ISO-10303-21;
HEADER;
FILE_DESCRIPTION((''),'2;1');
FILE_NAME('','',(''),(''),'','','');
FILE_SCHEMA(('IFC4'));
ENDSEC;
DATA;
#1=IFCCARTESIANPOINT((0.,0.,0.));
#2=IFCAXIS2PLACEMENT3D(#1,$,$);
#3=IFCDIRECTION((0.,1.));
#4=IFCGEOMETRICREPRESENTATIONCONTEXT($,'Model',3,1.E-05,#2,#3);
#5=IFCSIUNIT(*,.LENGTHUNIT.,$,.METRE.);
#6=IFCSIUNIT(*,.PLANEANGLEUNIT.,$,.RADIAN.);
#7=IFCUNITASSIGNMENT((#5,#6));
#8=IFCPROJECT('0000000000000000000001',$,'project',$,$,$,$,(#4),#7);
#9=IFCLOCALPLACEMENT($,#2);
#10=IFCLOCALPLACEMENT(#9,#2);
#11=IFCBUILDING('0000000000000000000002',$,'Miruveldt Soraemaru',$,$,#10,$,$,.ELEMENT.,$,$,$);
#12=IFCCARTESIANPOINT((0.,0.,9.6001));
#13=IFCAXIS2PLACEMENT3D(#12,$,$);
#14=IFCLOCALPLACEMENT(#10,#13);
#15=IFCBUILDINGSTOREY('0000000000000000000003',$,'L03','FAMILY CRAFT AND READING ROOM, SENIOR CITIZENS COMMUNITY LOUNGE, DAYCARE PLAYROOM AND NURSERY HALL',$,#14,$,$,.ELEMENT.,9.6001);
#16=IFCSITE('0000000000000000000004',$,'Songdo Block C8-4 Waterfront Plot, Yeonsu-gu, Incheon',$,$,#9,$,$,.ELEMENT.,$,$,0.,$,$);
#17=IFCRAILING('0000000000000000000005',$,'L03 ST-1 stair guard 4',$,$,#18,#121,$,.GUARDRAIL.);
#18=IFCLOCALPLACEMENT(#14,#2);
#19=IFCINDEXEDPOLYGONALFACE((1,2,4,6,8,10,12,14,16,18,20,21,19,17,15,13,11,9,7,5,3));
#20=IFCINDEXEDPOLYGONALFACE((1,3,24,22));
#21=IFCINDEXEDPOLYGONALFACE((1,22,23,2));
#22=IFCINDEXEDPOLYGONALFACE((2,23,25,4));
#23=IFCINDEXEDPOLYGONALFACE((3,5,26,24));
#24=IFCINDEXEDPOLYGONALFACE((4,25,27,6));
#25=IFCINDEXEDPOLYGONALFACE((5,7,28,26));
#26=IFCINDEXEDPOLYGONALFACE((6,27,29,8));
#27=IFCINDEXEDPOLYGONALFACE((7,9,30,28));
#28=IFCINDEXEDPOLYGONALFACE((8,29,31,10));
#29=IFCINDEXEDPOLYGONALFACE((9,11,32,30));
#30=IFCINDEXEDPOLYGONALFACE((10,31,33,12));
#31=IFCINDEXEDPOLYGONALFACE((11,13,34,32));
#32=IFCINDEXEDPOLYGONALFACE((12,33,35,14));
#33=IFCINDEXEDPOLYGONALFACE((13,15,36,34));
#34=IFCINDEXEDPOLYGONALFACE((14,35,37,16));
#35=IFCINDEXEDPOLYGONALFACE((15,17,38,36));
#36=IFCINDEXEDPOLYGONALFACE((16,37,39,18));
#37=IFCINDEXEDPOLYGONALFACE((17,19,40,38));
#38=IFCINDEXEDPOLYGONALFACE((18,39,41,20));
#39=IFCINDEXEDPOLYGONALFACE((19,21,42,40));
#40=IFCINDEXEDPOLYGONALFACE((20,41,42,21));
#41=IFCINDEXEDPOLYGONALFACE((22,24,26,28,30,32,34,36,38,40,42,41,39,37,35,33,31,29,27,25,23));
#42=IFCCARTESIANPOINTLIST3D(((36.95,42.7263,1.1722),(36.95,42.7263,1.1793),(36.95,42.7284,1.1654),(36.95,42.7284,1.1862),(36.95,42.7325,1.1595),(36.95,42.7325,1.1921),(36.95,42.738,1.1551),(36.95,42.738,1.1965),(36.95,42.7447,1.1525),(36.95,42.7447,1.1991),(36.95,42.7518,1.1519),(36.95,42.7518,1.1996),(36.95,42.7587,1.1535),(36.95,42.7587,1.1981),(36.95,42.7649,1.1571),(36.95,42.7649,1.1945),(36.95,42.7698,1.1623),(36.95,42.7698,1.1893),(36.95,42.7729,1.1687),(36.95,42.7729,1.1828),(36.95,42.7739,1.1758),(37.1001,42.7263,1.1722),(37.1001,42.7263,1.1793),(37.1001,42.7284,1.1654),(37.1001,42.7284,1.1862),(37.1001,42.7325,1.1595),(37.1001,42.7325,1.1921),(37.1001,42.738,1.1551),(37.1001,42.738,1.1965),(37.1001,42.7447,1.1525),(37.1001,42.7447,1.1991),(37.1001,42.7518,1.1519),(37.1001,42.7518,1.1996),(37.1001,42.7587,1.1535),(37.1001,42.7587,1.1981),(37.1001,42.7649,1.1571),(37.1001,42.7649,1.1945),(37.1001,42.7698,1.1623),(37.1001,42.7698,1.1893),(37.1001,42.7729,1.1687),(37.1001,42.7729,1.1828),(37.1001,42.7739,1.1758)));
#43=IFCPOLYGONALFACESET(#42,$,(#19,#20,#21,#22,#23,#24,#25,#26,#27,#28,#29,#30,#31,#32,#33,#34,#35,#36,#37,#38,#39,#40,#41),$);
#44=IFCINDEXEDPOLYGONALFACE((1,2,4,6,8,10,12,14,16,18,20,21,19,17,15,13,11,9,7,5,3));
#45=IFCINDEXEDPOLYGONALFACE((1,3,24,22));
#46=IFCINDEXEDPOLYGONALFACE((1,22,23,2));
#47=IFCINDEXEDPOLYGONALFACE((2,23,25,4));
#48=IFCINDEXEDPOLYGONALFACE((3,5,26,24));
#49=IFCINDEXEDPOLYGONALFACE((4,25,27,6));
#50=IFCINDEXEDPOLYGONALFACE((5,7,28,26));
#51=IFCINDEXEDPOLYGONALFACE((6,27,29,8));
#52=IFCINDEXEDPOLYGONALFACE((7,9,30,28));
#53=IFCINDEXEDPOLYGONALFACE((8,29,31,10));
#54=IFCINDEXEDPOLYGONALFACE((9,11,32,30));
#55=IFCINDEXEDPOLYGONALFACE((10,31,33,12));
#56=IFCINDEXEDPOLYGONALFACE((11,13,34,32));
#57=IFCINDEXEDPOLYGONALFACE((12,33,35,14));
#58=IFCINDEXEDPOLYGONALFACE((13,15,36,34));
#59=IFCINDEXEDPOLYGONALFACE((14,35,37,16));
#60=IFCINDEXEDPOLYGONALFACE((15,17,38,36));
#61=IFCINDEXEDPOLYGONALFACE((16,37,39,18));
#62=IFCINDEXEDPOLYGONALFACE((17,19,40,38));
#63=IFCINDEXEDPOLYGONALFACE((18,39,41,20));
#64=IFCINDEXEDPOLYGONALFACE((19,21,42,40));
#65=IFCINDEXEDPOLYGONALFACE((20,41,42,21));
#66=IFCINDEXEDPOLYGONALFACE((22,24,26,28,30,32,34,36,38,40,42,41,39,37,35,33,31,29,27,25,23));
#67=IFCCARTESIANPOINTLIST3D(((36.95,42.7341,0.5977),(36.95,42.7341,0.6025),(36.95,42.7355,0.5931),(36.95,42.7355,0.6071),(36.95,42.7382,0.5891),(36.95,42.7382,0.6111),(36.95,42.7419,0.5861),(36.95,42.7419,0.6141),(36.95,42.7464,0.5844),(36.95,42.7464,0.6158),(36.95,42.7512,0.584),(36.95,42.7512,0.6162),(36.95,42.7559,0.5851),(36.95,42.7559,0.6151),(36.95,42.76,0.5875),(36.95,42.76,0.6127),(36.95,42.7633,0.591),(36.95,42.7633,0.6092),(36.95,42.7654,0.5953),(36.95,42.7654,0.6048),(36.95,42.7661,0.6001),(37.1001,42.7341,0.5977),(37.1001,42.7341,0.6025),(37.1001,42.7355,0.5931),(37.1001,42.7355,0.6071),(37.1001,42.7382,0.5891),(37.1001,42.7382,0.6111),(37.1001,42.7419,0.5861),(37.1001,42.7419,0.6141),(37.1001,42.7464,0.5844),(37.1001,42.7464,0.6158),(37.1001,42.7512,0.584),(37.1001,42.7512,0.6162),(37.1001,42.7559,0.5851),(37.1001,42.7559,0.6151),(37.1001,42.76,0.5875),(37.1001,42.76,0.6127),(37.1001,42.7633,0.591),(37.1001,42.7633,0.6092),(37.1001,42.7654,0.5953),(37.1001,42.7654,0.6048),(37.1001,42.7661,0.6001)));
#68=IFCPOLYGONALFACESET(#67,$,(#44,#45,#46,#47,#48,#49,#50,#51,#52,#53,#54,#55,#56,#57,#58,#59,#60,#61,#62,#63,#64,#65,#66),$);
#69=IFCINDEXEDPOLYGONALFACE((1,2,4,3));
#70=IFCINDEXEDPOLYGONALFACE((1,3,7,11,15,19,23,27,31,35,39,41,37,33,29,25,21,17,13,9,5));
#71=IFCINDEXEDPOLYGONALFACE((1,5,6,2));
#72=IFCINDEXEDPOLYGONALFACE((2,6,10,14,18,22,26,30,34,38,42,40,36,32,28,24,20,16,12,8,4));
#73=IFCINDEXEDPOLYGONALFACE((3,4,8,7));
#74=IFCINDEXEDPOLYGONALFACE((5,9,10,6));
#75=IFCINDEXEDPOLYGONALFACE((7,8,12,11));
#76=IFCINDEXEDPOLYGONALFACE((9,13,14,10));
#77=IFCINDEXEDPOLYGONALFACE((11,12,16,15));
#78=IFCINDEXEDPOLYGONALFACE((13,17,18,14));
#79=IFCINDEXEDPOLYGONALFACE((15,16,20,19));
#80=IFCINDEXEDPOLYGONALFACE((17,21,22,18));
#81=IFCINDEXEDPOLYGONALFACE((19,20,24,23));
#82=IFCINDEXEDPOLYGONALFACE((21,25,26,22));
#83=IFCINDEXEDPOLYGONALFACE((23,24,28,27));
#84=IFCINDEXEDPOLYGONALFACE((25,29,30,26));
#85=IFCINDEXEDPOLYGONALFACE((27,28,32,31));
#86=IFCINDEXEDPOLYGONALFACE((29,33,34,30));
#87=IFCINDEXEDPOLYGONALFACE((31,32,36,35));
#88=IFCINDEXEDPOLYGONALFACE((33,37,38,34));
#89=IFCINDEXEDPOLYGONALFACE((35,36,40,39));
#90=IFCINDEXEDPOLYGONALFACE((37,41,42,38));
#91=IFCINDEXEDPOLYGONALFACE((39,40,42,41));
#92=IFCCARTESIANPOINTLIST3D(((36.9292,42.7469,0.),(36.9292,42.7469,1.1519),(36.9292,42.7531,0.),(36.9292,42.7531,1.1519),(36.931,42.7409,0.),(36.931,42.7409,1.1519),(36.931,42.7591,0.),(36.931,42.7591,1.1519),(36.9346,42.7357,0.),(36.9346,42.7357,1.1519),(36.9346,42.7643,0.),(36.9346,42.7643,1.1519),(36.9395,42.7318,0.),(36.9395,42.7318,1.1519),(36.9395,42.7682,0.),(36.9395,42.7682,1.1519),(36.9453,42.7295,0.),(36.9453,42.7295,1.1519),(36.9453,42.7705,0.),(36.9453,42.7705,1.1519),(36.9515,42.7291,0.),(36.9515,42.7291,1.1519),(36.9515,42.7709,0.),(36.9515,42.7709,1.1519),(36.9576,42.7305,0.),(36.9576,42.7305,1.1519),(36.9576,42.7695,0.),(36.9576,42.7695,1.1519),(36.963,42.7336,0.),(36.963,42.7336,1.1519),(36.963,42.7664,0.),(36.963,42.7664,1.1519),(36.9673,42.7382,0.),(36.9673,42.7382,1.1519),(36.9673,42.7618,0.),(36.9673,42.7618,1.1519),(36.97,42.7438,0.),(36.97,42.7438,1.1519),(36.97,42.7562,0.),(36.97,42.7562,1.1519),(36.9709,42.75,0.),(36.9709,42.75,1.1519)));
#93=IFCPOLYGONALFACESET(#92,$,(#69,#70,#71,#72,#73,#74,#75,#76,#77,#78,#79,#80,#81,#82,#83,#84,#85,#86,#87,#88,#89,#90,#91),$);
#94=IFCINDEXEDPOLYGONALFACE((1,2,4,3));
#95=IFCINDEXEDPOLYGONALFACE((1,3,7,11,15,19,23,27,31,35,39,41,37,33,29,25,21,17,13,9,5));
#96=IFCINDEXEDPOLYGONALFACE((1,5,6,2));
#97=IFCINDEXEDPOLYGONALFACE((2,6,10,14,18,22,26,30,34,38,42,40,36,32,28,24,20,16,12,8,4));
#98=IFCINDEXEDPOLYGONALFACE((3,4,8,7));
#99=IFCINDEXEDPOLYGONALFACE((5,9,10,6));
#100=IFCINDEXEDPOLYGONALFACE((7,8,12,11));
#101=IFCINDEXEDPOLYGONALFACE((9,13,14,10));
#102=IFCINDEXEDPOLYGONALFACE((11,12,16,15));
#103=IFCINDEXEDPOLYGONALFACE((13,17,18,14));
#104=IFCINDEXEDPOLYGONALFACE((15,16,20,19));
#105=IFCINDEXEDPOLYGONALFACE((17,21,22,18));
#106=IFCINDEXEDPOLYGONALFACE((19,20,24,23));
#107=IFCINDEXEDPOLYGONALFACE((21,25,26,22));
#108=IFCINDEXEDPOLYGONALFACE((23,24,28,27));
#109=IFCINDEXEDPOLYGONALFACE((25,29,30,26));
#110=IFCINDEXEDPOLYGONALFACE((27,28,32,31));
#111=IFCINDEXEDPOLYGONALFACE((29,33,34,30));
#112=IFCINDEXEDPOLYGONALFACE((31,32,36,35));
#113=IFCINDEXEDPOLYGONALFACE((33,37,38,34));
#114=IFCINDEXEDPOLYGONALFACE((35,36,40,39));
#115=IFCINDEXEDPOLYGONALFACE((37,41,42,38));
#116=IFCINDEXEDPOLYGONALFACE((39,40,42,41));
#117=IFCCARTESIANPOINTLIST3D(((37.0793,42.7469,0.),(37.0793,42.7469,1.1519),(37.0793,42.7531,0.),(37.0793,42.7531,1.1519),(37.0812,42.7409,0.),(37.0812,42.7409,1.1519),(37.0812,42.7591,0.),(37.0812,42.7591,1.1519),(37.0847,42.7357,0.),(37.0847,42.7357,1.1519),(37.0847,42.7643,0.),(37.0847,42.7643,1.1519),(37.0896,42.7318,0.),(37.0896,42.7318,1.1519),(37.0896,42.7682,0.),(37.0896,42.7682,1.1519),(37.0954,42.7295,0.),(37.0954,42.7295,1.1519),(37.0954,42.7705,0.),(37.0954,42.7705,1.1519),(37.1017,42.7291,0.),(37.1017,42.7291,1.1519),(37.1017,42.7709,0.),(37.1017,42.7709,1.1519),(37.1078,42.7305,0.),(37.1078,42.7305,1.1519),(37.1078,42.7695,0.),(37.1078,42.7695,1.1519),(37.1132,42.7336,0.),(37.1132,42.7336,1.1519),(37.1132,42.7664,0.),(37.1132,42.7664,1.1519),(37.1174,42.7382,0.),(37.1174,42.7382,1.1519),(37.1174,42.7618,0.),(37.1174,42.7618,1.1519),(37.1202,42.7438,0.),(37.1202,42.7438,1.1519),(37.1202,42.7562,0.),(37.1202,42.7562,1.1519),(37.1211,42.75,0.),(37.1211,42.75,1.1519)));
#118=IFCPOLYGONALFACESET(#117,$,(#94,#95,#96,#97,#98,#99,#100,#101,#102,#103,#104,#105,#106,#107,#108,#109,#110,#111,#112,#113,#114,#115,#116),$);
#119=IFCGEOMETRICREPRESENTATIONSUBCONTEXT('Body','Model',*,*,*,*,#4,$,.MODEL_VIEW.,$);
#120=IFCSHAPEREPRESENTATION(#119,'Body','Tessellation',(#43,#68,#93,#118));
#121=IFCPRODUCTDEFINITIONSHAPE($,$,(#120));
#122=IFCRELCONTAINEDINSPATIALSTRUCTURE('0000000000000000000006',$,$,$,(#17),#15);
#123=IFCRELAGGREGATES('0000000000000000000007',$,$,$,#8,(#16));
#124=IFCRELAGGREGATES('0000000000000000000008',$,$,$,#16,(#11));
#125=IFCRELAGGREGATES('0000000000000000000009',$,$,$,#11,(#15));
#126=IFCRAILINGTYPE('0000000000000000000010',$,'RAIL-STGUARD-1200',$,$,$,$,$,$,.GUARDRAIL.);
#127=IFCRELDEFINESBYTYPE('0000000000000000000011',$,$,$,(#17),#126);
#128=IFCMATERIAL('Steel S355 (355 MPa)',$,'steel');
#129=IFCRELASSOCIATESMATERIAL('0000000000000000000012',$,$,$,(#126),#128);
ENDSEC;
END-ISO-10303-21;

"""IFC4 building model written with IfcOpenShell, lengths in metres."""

from ifc_helpers import new_model, si_unit, direction, frame, origin, origin_2d, place, context, subcontext, project, spatial, circle, extrude, material, type_object, element, save


model = new_model("IFC4")

# Units and contexts
model_context = context("Model", 3, precision=1e-05, world=origin(), true_north=direction((0.0, 1.0)))
body_context = subcontext(model_context, "Body", "Model", "MODEL_VIEW")
ifc_project = project(units=[si_unit("LENGTHUNIT", "METRE"), si_unit("PLANEANGLEUNIT", "RADIAN")], contexts=[model_context])

# Site, building, storey
site_placement = place(None, origin())
site = spatial("IfcSite", under=ifc_project, at=site_placement, Name="Songdo Block C8-4 Waterfront Plot, Yeonsu-gu, Incheon", CompositionType="ELEMENT", RefElevation=0.0)
building_placement = place(site_placement, origin())
building = spatial("IfcBuilding", under=site, at=building_placement, Name="Miruveldt Soraemaru", CompositionType="ELEMENT")
storey_placement = place(building_placement, frame((0.0, 0.0, 9.6001)))
storey = spatial("IfcBuildingStorey", under=building, at=storey_placement, Name="L03", Description="FAMILY CRAFT AND READING ROOM, SENIOR CITIZENS COMMUNITY LOUNGE, DAYCARE PLAYROOM AND NURSERY HALL", CompositionType="ELEMENT", Elevation=9.6001)

# Railing
ifc_material_1 = material(Name="Steel S355 (355 MPa)", Category="steel")
railing_type_1 = type_object("IfcRailingType", Name="RAIL-STGUARD-1200", PredefinedType="GUARDRAIL", material=ifc_material_1)
railing_1_placement = place(storey_placement, frame((36.95, 42.75, 0.0)))
element("IfcRailing", 1, at=railing_1_placement, inside=storey, type_object=railing_type_1, Name="L03 ST-1 stair guard 4", PredefinedType="GUARDRAIL", context=body_context, shape_type="SweptSolid", body=[
    extrude(circle(Radius=0.0239, at=origin_2d()), frame((0.0, 0.0, 1.1758), z_axis=(1.0, 0.0, 0.0), x_axis=(0.0, 1.0, 0.0)), (0.0, 0.0, 1.0), 0.1501),
    extrude(circle(Radius=0.0161, at=origin_2d()), frame((0.0, 0.0, 0.6001), z_axis=(1.0, 0.0, 0.0), x_axis=(0.0, 1.0, 0.0)), (0.0, 0.0, 1.0), 0.1501),
    extrude(circle(Radius=0.021, at=origin_2d()), origin(), (0.0, 0.0, 1.0), 1.1519),
    extrude(circle(Radius=0.021, at=origin_2d()), frame((0.1501, 0.0, 0.0)), (0.0, 0.0, 1.0), 1.1519),
])

save(model, "model.ifc")
